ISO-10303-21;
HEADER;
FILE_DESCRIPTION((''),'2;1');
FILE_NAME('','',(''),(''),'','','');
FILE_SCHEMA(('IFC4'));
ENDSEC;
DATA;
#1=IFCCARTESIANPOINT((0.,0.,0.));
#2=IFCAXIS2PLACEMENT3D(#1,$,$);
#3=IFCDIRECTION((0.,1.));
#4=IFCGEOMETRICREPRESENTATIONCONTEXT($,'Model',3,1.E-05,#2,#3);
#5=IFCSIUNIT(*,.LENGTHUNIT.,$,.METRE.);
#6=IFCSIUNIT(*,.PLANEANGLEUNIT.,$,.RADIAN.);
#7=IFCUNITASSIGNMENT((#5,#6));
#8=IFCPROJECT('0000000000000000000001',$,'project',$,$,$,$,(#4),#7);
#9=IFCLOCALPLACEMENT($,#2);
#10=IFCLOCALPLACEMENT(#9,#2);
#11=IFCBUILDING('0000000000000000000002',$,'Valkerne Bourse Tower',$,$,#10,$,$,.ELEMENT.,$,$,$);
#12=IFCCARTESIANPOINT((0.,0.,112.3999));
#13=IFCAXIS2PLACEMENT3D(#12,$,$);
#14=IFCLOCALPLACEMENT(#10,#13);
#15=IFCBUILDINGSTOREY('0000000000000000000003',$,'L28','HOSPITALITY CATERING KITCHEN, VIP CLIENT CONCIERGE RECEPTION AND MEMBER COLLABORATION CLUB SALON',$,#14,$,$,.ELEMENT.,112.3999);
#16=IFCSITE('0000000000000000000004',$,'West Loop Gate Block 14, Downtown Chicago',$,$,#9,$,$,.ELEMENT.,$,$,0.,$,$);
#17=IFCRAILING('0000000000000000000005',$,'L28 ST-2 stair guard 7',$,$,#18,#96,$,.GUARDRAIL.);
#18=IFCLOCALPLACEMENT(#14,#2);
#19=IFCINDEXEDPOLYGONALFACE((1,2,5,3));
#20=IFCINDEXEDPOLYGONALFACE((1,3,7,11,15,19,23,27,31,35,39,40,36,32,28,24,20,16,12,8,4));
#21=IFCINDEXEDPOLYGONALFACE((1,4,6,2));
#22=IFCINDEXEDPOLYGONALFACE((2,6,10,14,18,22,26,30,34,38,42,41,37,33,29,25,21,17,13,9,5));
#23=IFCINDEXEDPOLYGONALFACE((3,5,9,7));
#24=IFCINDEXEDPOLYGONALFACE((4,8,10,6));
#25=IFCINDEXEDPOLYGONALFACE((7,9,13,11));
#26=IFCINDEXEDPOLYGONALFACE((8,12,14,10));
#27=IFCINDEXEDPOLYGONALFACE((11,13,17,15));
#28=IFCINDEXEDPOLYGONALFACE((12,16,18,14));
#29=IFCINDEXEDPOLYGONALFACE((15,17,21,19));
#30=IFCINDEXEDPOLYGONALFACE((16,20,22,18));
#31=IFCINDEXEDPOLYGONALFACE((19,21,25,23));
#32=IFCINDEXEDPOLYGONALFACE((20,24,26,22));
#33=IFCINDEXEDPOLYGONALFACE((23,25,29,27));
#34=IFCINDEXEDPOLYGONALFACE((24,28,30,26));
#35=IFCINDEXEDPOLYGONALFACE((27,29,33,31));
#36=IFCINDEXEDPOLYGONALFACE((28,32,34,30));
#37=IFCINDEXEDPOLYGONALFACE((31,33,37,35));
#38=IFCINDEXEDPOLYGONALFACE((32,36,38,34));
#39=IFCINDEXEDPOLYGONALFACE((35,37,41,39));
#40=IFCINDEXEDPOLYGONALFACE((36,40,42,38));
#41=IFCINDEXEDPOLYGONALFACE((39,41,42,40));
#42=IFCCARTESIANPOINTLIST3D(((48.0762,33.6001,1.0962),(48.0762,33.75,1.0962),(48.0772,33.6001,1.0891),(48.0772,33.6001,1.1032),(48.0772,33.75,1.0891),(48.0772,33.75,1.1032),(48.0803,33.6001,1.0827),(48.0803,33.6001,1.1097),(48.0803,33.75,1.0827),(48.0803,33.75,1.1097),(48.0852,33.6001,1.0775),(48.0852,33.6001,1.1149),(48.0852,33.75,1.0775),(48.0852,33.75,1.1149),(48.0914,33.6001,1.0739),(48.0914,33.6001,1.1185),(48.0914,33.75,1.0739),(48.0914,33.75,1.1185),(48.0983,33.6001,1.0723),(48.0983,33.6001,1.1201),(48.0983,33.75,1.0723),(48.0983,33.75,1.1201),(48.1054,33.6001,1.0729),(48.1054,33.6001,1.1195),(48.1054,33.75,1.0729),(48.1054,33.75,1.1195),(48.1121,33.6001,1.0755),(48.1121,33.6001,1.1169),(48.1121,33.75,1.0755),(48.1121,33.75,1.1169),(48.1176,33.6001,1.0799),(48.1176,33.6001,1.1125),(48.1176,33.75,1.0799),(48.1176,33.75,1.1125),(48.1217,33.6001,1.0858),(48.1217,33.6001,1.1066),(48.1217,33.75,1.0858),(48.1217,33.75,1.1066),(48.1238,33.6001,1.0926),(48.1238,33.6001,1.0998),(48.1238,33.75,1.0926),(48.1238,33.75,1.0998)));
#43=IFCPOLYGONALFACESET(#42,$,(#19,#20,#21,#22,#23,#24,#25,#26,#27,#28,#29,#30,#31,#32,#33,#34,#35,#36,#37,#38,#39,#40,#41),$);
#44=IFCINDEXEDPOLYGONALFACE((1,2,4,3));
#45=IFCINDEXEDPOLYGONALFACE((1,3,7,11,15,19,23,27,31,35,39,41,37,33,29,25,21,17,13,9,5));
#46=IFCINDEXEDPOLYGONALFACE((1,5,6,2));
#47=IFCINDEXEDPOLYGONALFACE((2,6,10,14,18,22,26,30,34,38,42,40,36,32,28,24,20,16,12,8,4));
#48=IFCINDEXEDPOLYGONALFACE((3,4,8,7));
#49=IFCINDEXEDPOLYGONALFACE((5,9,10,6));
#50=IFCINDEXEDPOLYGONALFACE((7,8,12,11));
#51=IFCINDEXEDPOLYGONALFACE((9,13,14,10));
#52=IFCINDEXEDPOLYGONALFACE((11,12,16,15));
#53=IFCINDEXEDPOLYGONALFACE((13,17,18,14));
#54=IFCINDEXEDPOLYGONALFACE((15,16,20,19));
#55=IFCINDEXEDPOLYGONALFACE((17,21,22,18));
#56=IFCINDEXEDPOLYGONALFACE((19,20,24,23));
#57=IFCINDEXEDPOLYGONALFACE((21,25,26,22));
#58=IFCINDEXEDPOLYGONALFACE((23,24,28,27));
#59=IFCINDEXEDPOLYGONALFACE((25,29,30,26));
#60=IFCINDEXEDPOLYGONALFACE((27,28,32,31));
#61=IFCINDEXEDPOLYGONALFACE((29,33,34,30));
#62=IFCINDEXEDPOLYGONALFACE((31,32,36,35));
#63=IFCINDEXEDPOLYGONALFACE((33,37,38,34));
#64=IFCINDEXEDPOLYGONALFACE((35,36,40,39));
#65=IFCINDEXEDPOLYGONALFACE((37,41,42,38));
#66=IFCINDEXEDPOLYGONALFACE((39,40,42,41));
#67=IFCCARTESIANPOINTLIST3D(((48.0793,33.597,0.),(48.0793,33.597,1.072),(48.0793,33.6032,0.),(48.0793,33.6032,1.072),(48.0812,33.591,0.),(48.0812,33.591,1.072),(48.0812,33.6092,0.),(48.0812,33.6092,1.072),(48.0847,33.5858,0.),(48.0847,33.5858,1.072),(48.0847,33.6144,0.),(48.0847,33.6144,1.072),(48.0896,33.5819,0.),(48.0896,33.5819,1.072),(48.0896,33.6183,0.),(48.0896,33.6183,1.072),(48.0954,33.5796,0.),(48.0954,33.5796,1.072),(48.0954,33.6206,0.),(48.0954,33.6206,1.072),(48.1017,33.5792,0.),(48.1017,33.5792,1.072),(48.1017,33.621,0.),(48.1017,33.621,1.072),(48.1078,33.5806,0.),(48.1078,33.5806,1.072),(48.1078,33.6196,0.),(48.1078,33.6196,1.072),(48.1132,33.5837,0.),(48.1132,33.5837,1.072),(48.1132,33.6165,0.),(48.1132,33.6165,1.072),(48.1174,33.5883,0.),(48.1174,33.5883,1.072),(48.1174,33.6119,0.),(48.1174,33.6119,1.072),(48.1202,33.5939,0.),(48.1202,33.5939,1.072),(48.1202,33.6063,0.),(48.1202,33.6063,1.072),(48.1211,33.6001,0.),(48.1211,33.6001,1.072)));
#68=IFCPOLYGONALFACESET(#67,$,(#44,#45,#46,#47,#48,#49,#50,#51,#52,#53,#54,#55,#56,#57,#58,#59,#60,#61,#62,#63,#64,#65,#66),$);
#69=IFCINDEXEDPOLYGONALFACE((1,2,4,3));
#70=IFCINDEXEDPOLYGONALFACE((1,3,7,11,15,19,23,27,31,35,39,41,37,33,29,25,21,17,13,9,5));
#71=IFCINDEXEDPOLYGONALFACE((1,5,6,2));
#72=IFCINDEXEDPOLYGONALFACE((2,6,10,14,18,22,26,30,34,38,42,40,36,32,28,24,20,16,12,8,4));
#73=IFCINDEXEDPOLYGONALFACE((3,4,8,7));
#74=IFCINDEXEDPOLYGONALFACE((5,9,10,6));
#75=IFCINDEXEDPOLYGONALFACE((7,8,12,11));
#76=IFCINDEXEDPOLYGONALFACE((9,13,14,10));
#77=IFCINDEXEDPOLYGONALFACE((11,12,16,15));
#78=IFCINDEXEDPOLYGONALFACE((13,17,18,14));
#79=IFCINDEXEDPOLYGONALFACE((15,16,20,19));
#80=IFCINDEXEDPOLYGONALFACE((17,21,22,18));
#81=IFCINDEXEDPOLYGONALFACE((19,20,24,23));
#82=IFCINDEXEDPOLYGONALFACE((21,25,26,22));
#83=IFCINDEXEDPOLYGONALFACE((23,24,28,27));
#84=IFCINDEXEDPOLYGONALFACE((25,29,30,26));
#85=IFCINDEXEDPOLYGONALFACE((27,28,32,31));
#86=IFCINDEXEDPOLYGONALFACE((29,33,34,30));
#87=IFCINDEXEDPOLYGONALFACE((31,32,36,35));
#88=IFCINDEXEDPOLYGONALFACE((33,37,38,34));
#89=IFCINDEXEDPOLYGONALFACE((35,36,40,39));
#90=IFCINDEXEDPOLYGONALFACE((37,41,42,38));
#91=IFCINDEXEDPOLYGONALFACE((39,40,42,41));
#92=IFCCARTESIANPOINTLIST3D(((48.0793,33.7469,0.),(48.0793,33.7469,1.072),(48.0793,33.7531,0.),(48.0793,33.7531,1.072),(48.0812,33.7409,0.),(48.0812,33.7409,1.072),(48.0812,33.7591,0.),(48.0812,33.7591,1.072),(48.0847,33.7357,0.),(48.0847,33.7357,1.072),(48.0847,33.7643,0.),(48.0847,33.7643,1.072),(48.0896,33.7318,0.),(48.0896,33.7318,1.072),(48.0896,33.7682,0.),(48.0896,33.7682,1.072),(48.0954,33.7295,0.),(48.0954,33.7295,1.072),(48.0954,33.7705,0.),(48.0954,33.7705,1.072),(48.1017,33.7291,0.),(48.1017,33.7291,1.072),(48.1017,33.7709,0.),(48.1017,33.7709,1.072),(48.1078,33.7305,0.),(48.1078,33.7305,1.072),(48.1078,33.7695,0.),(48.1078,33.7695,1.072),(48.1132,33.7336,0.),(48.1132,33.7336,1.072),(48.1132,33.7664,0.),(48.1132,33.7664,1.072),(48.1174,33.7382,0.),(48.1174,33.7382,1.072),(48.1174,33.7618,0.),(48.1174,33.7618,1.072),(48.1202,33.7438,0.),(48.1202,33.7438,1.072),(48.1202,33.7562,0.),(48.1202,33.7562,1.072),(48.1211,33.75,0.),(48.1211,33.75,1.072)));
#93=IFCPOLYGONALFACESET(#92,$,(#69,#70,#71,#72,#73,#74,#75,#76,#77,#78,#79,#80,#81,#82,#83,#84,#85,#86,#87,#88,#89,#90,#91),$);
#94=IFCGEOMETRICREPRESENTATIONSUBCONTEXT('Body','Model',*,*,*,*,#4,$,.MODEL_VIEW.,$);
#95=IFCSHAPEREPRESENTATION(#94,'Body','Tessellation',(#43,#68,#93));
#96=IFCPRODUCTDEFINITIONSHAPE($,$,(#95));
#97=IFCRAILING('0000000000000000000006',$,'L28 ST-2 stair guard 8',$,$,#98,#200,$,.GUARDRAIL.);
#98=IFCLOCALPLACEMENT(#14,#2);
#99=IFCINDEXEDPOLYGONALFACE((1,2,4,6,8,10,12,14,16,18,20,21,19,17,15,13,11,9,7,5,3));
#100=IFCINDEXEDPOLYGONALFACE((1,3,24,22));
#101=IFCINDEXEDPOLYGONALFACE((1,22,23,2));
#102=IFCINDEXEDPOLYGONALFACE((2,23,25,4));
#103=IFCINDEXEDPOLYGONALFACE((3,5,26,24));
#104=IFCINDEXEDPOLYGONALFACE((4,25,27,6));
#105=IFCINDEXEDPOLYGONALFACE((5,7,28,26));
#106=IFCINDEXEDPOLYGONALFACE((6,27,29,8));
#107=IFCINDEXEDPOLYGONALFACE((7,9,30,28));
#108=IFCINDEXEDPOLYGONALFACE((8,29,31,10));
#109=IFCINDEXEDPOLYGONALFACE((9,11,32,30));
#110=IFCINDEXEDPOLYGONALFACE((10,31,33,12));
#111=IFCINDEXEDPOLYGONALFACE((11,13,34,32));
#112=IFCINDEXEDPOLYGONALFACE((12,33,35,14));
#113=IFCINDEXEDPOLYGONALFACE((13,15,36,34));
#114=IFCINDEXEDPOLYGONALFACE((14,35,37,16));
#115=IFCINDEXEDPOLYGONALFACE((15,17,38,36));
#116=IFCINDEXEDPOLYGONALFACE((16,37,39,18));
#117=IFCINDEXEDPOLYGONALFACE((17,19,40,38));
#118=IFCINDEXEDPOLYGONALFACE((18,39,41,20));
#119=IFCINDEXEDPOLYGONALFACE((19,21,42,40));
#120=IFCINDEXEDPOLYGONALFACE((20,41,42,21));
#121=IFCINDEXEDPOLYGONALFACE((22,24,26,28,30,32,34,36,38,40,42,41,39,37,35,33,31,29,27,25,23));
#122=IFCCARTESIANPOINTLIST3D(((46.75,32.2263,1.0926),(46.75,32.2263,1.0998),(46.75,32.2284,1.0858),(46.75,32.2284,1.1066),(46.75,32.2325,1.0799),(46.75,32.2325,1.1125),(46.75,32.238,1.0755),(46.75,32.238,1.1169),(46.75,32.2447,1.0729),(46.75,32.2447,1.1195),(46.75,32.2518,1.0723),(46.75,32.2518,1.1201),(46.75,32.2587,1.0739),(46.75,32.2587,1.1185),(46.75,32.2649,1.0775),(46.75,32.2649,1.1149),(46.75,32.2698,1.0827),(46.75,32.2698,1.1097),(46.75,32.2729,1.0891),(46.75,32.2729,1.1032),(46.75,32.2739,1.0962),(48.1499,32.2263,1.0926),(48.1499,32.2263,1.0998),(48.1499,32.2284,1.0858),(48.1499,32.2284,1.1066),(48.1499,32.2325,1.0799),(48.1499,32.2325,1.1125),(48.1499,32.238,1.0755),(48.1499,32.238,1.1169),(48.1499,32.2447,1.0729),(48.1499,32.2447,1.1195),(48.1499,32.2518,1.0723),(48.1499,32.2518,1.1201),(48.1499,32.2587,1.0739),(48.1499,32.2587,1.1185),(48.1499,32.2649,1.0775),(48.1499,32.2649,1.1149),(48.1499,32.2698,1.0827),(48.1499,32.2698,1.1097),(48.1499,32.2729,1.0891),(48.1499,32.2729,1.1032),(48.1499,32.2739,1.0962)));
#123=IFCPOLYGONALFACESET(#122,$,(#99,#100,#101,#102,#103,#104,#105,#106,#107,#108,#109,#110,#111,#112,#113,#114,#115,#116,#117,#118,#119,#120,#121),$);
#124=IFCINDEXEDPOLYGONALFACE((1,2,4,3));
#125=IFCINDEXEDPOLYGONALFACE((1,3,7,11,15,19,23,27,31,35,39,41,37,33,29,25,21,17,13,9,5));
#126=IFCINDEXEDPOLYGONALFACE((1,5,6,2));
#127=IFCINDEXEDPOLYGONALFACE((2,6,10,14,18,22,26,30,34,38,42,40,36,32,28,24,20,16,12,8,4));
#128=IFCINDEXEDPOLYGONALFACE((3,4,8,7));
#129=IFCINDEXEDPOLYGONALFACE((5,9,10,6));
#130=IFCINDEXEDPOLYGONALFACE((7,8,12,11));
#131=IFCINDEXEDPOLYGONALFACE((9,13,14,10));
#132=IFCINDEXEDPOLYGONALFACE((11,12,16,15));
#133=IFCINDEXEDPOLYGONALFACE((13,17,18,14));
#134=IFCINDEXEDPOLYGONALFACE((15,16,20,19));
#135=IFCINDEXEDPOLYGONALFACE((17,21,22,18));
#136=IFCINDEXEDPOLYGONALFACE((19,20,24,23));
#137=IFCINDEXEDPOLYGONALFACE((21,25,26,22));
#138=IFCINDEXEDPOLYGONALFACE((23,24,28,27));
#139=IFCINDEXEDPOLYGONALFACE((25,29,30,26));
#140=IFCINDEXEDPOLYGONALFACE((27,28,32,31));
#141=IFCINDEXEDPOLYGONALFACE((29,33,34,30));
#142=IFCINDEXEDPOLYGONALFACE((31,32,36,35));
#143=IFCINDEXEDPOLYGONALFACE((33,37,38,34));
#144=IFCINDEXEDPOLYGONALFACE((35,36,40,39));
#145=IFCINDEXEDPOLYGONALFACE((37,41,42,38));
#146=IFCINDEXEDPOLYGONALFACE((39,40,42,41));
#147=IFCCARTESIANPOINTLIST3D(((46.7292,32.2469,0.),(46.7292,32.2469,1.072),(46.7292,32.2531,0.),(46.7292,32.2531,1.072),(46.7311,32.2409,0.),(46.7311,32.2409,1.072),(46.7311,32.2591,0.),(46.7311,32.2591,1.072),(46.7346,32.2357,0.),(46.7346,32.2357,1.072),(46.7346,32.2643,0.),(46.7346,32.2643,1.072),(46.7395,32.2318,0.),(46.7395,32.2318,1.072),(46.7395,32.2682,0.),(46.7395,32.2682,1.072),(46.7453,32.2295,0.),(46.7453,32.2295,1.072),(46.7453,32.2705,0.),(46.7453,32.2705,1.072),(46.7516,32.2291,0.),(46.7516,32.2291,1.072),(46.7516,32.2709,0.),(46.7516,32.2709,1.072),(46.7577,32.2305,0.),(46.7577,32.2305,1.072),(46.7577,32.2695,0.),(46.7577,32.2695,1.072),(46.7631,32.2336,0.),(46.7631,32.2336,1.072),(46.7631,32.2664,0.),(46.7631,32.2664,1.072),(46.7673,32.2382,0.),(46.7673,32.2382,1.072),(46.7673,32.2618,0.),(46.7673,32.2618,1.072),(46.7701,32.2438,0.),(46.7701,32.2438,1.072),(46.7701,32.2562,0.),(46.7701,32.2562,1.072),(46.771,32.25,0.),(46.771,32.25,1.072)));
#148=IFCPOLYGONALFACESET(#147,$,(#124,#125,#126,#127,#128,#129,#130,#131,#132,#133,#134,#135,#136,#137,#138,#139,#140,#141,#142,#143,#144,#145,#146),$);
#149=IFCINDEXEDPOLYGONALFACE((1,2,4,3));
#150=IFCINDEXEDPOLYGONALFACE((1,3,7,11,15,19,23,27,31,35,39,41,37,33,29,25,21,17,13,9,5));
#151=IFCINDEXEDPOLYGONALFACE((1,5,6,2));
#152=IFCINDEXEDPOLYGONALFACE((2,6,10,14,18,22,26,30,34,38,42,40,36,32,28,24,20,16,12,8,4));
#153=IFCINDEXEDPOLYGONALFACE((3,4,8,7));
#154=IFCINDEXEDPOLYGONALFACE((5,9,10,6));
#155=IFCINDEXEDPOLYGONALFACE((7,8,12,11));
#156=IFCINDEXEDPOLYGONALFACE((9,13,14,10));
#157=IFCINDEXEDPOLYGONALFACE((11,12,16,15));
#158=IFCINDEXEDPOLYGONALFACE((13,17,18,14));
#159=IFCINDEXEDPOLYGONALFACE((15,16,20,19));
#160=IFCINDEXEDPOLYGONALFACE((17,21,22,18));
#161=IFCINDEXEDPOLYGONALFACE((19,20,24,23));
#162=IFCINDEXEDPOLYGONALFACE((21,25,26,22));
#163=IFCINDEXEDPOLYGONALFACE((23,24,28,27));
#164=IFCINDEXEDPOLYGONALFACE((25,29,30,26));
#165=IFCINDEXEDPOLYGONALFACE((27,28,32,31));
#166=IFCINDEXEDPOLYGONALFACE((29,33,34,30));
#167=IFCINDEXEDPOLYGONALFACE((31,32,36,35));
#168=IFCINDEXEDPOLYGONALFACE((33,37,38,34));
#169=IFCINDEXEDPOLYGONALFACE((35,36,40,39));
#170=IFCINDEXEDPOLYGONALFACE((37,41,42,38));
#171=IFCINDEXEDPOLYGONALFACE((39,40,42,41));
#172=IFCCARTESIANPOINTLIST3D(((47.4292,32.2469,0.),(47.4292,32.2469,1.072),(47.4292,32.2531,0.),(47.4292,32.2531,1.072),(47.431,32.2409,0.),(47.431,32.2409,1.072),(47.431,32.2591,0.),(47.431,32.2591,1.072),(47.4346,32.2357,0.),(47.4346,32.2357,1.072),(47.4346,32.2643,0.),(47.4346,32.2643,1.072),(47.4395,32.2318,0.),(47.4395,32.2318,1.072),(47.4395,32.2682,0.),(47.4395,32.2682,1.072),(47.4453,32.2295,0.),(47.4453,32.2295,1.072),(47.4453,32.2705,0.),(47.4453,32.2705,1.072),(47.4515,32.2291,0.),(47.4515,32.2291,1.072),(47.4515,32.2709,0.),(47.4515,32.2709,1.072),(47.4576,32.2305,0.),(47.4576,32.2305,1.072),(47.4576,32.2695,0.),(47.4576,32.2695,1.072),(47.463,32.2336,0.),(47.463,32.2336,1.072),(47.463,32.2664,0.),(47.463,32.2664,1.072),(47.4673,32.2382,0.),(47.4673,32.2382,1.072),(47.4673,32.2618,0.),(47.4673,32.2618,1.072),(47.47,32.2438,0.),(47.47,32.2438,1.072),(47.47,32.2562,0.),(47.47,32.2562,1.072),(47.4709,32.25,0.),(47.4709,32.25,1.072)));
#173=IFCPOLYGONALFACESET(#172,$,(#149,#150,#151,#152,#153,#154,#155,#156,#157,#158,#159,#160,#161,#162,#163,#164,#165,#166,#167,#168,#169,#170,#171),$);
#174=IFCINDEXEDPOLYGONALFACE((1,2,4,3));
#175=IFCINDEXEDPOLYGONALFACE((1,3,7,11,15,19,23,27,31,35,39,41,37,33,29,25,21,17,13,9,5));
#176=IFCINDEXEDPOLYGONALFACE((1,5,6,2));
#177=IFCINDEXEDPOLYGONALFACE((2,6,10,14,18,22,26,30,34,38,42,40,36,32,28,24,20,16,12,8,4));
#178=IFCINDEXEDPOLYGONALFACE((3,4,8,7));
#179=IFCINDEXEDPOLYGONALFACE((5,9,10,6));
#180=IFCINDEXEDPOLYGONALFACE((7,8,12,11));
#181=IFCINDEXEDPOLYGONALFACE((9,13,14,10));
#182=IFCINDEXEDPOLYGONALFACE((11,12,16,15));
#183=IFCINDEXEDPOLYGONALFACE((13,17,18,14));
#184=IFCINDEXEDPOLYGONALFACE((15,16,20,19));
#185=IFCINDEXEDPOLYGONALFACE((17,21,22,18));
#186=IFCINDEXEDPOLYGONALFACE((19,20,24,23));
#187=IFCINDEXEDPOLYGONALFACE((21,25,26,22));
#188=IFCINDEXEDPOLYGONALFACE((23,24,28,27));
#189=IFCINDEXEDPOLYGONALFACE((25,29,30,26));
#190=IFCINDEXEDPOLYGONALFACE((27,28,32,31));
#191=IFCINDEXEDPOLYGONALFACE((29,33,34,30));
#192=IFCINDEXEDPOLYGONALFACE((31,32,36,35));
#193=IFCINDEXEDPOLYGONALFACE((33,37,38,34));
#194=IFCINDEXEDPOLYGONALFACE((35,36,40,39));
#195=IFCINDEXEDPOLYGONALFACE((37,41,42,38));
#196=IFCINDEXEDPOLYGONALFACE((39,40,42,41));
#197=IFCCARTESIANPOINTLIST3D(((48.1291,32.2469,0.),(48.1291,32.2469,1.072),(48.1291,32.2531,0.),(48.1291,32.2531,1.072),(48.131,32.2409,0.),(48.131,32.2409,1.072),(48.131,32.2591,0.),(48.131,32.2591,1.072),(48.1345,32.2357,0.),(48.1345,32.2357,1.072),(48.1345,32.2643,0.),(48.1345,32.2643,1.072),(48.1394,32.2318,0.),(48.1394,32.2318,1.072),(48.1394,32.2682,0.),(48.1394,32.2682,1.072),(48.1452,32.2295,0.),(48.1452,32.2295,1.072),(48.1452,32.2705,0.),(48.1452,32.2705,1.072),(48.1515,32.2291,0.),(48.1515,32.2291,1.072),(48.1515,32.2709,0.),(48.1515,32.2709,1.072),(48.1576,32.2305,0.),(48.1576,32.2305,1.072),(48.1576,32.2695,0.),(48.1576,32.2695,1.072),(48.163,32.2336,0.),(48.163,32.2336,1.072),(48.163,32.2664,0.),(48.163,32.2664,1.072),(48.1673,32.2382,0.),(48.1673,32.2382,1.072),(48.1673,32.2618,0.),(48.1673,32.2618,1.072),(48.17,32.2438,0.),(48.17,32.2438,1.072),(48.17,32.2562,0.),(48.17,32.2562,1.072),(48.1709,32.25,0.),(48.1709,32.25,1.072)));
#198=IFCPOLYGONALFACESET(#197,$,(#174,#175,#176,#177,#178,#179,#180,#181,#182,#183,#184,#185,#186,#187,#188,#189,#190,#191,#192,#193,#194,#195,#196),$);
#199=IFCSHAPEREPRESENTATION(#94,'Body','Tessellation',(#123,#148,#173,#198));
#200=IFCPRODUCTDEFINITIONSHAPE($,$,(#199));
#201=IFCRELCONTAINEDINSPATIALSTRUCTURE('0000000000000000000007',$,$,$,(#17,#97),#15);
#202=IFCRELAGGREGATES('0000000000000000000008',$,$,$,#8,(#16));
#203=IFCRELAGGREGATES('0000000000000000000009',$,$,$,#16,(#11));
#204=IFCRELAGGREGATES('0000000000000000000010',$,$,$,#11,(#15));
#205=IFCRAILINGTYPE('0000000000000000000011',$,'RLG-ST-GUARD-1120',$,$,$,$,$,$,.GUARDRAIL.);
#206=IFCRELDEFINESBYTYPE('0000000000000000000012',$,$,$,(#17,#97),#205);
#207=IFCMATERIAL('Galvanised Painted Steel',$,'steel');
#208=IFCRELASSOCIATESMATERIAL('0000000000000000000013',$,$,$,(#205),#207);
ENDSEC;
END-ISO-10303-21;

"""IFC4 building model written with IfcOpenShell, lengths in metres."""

from ifc_helpers import new_model, si_unit, direction, frame, origin, origin_2d, place, context, subcontext, project, spatial, circle, extrude, material, type_object, element, save


model = new_model("IFC4")

# Units and contexts
model_context = context("Model", 3, precision=1e-05, world=origin(), true_north=direction((0.0, 1.0)))
body_context = subcontext(model_context, "Body", "Model", "MODEL_VIEW")
ifc_project = project(units=[si_unit("LENGTHUNIT", "METRE"), si_unit("PLANEANGLEUNIT", "RADIAN")], contexts=[model_context])

# Site, building, storey
site_placement = place(None, origin())
site = spatial("IfcSite", under=ifc_project, at=site_placement, Name="West Loop Gate Block 14, Downtown Chicago", CompositionType="ELEMENT", RefElevation=0.0)
building_placement = place(site_placement, origin())
building = spatial("IfcBuilding", under=site, at=building_placement, Name="Valkerne Bourse Tower", CompositionType="ELEMENT")
storey_placement = place(building_placement, frame((0.0, 0.0, 112.3999)))
storey = spatial("IfcBuildingStorey", under=building, at=storey_placement, Name="L28", Description="HOSPITALITY CATERING KITCHEN, VIP CLIENT CONCIERGE RECEPTION AND MEMBER COLLABORATION CLUB SALON", CompositionType="ELEMENT", Elevation=112.3999)

# Shared definitions
ifc_material_1 = material(Name="Galvanised Painted Steel", Category="steel")

# Railings
railing_type_1 = type_object("IfcRailingType", Name="RLG-ST-GUARD-1120", PredefinedType="GUARDRAIL", material=ifc_material_1)
railing_1_placement = place(storey_placement, frame((48.1001, 33.6001, 0.0)))
element("IfcRailing", 1, at=railing_1_placement, inside=storey, type_object=railing_type_1, Name="L28 ST-2 stair guard 7", PredefinedType="GUARDRAIL", context=body_context, shape_type="SweptSolid", body=[
    extrude(circle(Radius=0.0239, at=origin_2d()), frame((0.0, 0.0, 1.0962), z_axis=(0.0, 1.0, 0.0), x_axis=(-1.0, 0.0, 0.0)), (0.0, 0.0, 1.0), 0.1499),
    extrude(circle(Radius=0.021, at=origin_2d()), origin(), (0.0, 0.0, 1.0), 1.072),
    extrude(circle(Radius=0.021, at=origin_2d()), frame((0.0, 0.1499, 0.0)), (0.0, 0.0, 1.0), 1.072),
])
for number, where, name in (
    (2, (46.75, 32.25, 0.0), "L28 ST-2 stair guard 8"),
):
    element("IfcRailing", number, at=place(storey_placement, frame(where)), inside=storey, type_object=railing_type_1, Name=name, PredefinedType="GUARDRAIL", context=body_context, shape_type="SweptSolid", body=[
        extrude(circle(Radius=0.0239, at=origin_2d()), frame((0.0, 0.0, 1.0962), z_axis=(1.0, 0.0, 0.0), x_axis=(0.0, 1.0, 0.0)), (0.0, 0.0, 1.0), 1.3999),
        extrude(circle(Radius=0.021, at=origin_2d()), origin(), (0.0, 0.0, 1.0), 1.072),
        extrude(circle(Radius=0.021, at=origin_2d()), frame((0.7, 0.0, 0.0)), (0.0, 0.0, 1.0), 1.072),
        extrude(circle(Radius=0.021, at=origin_2d()), frame((1.3999, 0.0, 0.0)), (0.0, 0.0, 1.0), 1.072),
    ])

save(model, "model.ifc")
